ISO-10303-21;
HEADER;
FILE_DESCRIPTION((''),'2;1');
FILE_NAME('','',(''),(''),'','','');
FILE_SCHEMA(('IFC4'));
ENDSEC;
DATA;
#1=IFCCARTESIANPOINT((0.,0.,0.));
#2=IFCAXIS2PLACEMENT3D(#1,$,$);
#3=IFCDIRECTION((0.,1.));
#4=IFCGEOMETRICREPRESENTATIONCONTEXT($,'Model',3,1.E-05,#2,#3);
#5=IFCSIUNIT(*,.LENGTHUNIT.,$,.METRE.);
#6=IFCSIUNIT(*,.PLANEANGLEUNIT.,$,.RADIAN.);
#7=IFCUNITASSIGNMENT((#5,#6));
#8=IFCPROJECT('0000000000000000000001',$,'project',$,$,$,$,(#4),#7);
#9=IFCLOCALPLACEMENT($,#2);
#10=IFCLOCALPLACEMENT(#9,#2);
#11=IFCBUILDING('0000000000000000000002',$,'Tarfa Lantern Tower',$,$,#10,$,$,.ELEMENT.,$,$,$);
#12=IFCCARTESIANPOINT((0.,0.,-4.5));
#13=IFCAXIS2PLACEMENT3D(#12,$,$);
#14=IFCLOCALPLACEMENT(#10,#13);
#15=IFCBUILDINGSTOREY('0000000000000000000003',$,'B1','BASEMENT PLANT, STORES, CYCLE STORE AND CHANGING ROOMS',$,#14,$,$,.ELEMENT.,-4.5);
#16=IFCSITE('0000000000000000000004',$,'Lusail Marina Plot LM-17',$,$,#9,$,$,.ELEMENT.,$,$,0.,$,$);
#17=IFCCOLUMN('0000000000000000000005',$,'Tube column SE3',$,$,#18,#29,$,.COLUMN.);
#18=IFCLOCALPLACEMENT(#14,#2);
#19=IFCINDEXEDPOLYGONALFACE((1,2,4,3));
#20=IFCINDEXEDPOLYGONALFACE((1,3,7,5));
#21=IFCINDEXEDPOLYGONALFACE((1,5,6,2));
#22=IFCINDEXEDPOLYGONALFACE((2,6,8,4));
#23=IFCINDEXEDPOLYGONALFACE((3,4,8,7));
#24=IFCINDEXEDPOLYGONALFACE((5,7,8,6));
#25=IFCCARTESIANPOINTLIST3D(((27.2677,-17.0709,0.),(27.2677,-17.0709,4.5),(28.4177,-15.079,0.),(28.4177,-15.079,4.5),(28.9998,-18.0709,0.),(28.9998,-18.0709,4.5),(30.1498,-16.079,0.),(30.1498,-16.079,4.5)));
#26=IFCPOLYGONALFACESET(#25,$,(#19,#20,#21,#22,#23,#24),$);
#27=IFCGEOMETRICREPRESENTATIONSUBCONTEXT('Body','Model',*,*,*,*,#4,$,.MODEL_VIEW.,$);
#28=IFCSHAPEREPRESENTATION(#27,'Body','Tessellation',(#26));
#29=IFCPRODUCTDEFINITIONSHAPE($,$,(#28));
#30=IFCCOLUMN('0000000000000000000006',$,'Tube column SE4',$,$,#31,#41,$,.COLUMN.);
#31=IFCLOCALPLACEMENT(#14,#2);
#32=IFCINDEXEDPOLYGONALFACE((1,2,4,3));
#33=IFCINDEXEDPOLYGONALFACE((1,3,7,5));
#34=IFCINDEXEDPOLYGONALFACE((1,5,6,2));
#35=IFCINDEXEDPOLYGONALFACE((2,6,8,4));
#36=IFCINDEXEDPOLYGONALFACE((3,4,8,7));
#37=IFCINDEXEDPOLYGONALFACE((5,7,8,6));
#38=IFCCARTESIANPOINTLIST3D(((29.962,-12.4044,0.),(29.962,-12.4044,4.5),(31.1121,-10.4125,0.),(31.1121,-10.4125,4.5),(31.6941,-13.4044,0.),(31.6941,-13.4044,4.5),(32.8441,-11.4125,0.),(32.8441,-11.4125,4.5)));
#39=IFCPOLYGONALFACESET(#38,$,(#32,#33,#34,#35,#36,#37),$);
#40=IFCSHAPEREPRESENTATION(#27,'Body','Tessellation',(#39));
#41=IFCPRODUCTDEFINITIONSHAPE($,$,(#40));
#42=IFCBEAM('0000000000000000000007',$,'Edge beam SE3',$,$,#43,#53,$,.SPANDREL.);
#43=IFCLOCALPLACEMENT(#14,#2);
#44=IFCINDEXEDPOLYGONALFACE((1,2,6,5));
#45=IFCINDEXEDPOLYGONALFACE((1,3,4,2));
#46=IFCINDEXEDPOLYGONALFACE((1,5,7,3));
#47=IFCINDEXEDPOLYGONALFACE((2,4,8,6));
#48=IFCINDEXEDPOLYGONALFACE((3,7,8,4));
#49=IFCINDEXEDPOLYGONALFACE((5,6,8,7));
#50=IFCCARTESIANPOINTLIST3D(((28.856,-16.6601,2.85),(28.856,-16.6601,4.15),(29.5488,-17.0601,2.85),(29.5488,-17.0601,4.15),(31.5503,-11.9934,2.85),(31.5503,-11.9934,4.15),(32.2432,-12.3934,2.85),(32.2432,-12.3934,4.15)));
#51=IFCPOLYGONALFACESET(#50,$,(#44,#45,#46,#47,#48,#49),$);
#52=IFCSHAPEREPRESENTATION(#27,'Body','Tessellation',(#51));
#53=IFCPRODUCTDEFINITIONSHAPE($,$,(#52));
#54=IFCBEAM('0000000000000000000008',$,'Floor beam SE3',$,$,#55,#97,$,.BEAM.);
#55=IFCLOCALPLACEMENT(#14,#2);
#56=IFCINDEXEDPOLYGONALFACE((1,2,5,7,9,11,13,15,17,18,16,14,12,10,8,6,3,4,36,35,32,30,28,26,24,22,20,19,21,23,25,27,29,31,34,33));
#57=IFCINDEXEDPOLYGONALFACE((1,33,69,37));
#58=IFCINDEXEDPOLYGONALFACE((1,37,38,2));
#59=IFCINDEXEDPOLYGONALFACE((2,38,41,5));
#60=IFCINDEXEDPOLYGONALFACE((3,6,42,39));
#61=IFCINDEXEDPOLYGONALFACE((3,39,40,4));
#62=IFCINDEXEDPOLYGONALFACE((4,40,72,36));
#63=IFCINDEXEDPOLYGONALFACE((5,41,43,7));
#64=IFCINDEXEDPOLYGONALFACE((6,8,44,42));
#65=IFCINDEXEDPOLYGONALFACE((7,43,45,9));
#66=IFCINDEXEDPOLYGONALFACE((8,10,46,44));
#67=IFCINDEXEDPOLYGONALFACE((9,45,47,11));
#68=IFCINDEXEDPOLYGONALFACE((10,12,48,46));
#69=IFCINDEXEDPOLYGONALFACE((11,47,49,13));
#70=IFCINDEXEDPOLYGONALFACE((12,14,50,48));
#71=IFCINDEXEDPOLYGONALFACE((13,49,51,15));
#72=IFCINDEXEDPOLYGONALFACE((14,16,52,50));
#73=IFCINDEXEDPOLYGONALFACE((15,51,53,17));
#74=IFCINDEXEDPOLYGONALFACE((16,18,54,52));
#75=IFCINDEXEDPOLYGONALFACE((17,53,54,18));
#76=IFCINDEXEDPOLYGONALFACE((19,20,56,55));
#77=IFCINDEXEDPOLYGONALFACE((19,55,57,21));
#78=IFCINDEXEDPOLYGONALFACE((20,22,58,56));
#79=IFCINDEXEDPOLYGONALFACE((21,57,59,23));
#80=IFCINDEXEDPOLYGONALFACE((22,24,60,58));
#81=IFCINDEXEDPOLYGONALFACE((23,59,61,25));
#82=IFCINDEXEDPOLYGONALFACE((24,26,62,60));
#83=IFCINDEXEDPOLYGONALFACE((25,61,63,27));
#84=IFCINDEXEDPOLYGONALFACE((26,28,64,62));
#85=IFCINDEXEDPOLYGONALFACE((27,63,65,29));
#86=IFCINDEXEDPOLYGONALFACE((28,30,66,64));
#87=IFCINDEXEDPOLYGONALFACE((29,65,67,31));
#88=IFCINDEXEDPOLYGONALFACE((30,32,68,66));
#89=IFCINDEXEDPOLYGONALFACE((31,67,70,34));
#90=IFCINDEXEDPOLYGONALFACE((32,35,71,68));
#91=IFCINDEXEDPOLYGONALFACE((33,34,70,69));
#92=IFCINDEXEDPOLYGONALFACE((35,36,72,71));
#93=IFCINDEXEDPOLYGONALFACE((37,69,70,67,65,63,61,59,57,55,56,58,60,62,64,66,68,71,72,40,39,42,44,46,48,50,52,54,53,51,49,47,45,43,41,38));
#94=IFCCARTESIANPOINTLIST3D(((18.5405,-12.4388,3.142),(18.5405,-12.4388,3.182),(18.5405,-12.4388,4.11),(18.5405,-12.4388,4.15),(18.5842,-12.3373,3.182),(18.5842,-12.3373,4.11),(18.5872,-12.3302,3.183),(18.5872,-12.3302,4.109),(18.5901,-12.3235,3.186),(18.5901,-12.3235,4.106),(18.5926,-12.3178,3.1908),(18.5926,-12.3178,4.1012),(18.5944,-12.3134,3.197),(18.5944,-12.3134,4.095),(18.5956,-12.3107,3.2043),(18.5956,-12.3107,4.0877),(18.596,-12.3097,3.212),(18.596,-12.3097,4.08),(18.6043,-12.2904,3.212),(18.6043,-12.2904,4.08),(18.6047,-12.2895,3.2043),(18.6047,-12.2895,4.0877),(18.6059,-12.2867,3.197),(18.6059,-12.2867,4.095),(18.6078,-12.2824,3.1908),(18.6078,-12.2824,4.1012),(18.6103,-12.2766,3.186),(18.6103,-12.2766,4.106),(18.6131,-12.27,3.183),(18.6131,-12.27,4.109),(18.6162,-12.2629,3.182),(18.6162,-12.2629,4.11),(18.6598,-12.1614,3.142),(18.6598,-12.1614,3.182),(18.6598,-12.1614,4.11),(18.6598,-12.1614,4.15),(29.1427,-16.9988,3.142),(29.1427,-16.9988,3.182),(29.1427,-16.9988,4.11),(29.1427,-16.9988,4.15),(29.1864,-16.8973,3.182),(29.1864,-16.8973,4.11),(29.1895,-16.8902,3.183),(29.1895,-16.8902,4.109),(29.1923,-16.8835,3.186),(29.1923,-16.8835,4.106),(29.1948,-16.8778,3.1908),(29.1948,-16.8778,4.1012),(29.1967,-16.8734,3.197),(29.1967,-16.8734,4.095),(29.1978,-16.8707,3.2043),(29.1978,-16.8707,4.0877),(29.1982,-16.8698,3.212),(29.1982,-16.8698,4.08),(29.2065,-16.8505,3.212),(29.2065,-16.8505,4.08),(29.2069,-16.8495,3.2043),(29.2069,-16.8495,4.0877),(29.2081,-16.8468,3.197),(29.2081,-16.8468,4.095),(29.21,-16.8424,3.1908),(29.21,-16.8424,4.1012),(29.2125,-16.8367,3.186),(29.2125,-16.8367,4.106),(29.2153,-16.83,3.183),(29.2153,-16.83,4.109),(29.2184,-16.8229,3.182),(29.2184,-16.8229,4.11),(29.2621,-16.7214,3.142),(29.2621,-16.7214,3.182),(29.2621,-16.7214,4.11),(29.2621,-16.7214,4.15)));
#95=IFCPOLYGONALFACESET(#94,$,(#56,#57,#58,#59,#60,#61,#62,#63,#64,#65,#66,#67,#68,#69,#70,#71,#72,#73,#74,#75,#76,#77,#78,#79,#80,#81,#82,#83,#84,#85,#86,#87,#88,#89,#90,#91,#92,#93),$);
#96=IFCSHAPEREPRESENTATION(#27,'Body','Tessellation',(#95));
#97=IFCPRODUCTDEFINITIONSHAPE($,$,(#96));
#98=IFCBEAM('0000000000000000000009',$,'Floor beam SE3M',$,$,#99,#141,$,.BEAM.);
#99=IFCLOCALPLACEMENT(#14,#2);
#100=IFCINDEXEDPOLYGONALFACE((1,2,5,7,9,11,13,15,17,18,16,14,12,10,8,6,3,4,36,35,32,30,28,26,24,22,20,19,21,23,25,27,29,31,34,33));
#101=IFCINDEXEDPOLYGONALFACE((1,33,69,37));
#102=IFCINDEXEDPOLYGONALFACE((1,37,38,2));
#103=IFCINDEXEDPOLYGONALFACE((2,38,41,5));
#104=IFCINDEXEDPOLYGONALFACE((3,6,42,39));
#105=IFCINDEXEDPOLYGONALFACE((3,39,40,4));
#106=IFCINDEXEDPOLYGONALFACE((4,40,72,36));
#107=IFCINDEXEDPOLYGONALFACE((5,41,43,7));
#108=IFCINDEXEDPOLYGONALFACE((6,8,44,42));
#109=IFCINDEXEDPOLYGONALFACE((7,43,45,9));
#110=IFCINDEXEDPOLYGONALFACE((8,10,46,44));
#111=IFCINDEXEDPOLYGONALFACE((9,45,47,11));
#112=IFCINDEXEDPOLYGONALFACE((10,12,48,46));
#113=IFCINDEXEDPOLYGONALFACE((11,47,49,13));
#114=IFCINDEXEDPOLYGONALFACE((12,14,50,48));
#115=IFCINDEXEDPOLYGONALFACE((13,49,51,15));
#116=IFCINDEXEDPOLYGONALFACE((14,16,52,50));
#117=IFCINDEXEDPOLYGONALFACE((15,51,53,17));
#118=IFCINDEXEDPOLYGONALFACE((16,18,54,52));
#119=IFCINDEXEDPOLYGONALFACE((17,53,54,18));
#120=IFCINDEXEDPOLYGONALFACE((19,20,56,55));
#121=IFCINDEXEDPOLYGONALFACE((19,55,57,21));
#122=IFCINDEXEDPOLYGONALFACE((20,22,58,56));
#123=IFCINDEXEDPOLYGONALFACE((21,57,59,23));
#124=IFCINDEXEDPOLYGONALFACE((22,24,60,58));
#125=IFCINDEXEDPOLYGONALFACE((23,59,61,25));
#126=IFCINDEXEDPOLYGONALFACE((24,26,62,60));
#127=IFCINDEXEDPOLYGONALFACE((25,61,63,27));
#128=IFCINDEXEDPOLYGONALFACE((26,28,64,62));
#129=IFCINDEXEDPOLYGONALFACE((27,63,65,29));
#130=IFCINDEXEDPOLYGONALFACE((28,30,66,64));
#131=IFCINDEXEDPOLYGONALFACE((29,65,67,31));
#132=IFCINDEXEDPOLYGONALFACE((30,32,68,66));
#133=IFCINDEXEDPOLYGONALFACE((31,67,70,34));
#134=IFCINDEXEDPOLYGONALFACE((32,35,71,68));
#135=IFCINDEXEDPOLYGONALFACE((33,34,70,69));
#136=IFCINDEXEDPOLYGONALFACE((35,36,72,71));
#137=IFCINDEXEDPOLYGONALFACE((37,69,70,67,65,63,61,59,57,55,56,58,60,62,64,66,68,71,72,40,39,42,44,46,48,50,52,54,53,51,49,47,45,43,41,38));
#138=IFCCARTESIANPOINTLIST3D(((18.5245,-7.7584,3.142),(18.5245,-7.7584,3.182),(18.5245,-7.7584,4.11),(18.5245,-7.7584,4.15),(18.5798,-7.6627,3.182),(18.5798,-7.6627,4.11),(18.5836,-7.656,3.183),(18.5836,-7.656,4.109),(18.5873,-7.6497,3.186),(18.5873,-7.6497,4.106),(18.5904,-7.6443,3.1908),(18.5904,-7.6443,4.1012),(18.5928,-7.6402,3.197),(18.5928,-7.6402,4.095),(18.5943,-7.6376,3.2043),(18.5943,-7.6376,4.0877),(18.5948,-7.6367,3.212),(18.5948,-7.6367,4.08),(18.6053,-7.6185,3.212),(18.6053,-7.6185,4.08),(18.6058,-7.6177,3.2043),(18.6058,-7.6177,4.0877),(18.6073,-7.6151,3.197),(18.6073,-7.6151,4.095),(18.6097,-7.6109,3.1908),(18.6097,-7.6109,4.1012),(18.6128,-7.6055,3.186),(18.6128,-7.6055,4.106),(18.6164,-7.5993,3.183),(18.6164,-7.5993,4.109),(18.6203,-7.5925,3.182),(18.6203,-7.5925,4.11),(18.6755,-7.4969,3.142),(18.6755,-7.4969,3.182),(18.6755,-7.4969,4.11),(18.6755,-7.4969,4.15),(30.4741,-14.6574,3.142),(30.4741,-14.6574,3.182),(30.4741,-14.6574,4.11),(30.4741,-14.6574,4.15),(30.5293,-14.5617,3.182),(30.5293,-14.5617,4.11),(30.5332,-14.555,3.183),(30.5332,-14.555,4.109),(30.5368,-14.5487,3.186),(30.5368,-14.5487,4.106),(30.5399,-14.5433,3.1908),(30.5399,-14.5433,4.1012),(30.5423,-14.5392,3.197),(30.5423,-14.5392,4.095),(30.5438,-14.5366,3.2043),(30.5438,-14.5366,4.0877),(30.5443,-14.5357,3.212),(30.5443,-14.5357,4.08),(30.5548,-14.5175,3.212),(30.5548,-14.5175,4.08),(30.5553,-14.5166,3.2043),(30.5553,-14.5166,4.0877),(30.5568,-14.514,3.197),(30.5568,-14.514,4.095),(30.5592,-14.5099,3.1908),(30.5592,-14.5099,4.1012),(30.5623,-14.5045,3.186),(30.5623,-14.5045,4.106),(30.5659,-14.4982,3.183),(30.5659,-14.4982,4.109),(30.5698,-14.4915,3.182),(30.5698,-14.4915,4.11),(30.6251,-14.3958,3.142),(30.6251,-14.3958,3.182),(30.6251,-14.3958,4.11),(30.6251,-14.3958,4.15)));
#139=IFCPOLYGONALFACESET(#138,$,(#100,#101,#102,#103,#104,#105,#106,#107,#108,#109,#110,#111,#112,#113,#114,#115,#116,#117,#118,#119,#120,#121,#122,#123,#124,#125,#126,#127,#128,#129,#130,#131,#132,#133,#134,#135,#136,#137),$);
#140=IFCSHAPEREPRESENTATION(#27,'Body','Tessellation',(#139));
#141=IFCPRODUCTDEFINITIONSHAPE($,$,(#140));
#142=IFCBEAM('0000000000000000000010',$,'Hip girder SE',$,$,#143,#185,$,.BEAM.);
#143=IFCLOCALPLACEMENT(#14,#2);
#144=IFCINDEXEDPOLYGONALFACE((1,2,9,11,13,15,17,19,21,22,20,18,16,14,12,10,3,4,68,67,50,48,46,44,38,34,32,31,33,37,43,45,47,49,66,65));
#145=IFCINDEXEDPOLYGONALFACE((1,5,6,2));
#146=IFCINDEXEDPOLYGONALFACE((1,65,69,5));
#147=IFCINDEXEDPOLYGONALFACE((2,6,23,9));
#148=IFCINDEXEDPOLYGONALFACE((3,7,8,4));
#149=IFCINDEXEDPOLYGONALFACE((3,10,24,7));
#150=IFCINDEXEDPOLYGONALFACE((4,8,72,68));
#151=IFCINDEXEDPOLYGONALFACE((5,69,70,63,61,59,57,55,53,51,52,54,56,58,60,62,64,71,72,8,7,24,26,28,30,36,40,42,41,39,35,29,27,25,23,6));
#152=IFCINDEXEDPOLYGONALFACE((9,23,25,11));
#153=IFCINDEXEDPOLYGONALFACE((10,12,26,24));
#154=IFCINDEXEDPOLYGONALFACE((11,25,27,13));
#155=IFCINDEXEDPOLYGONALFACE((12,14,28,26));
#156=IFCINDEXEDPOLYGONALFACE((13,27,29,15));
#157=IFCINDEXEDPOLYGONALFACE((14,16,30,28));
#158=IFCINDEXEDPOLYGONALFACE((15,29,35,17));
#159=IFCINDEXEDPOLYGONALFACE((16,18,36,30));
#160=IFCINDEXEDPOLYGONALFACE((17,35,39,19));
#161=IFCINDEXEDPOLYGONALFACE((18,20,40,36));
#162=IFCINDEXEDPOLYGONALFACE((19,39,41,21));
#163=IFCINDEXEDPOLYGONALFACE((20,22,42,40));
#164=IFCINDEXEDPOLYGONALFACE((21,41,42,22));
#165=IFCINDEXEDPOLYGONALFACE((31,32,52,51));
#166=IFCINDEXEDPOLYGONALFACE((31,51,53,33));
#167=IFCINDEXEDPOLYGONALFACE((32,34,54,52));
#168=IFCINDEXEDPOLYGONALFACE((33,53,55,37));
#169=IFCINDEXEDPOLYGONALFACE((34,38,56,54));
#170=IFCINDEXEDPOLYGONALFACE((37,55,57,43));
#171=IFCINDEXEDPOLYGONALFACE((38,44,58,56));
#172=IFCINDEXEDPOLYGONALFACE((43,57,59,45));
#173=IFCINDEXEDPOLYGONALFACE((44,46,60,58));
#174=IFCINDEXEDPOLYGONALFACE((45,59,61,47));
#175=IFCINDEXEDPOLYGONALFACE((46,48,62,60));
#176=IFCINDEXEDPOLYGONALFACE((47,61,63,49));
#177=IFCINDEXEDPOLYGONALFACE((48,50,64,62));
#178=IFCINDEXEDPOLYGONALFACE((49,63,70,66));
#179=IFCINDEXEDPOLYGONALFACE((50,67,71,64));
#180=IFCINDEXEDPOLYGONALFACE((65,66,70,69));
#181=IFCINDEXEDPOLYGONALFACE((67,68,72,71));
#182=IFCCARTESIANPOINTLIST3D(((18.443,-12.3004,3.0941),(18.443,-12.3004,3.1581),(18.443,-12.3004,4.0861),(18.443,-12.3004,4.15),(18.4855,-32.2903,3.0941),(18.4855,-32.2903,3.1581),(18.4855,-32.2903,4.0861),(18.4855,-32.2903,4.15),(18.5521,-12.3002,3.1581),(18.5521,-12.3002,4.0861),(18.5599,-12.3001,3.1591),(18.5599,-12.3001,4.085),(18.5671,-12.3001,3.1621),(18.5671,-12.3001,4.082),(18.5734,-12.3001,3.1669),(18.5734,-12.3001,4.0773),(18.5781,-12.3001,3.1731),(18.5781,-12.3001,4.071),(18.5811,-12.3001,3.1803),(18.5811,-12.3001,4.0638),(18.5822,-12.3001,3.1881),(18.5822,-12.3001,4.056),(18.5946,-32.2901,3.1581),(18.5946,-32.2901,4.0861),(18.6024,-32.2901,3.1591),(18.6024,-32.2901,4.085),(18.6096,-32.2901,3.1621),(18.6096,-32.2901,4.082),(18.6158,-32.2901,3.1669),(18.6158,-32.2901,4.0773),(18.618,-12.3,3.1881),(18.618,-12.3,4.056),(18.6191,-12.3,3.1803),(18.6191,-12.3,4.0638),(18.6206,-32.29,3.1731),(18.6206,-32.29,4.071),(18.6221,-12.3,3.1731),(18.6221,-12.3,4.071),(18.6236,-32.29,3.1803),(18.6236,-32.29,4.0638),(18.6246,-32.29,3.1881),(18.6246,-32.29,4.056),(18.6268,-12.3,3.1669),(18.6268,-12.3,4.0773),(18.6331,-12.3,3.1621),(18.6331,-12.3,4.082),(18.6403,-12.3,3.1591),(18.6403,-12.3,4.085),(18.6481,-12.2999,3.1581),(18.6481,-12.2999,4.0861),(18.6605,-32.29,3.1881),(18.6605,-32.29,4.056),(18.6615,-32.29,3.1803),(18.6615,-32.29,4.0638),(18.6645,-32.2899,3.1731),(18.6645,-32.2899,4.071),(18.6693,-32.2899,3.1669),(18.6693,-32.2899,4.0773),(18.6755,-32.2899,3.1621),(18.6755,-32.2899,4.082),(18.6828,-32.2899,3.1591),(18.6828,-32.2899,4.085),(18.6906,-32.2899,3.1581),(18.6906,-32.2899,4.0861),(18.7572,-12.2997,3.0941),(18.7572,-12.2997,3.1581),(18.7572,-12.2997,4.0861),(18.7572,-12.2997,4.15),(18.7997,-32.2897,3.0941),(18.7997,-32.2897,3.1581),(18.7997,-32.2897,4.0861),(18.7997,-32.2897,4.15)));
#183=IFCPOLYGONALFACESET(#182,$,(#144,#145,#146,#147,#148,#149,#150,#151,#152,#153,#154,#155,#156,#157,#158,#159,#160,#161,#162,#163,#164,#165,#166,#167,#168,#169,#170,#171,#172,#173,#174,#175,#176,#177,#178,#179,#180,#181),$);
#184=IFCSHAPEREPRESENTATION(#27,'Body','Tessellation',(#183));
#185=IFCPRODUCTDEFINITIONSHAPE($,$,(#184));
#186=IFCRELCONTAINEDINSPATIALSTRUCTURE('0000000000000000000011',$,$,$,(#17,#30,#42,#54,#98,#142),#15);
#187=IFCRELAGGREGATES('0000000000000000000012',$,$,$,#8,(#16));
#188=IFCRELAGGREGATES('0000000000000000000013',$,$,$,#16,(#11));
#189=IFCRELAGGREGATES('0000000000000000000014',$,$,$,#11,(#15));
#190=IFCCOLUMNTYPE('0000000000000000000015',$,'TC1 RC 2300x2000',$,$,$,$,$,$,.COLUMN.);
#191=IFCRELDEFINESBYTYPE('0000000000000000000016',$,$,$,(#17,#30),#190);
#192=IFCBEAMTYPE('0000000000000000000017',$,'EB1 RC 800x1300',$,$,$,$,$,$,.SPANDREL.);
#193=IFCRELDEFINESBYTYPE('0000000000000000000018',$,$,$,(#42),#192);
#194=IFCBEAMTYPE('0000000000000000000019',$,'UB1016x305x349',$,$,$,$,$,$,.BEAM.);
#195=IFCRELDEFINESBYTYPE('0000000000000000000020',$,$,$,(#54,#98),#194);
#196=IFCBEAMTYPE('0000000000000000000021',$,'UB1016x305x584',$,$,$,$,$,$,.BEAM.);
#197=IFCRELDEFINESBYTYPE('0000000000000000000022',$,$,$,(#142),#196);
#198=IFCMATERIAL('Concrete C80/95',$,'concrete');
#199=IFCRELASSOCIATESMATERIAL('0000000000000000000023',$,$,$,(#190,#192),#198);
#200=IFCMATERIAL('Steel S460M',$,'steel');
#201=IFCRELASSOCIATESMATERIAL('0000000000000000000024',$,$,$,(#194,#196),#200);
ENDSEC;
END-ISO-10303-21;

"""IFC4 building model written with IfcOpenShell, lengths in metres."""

from ifc_helpers import new_model, si_unit, direction, frame, origin, origin_2d, place, context, subcontext, project, spatial, rectangle, i_section, extrude, material, material_profile, profile_set, type_object, element, save


model = new_model("IFC4")

# Units and contexts
model_context = context("Model", 3, precision=1e-05, world=origin(), true_north=direction((0.0, 1.0)))
body_context = subcontext(model_context, "Body", "Model", "MODEL_VIEW")
ifc_project = project(units=[si_unit("LENGTHUNIT", "METRE"), si_unit("PLANEANGLEUNIT", "RADIAN")], contexts=[model_context])

# Site, building, storey
site_placement = place(None, origin())
site = spatial("IfcSite", under=ifc_project, at=site_placement, Name="Lusail Marina Plot LM-17", CompositionType="ELEMENT", RefElevation=0.0)
building_placement = place(site_placement, origin())
building = spatial("IfcBuilding", under=site, at=building_placement, Name="Tarfa Lantern Tower", CompositionType="ELEMENT")
storey_placement = place(building_placement, frame((0.0, 0.0, -4.5)))
storey = spatial("IfcBuildingStorey", under=building, at=storey_placement, Name="B1", Description="BASEMENT PLANT, STORES, CYCLE STORE AND CHANGING ROOMS", CompositionType="ELEMENT", Elevation=-4.5)

# Columns
ifc_material_1 = material(Name="Concrete C80/95", Category="concrete")
ifc_material_profile_1 = material_profile(ifc_material_1, rectangle(XDim=2.3, YDim=2.0, at=origin_2d()), Name="RC 2300x2000")
ifc_profile_set_1 = profile_set([ifc_material_profile_1], Name="Concrete C80/95")
column_type = type_object("IfcColumnType", Name="TC1 RC 2300x2000", PredefinedType="COLUMN", material=ifc_profile_set_1)
for number, where, z_axis, x_axis, name in (
    (1, (28.7087, -16.575, 0.0), (0.0, 0.0, 1.0), (0.5, 0.866025, 0.0), "Tube column SE3"),
    (2, (31.4031, -11.9084, 0.0), (0.0, 0.0, 1.0), (0.5, 0.866025, 0.0), "Tube column SE4"),
):
    element("IfcColumn", number, at=place(storey_placement, frame(where, z_axis=z_axis, x_axis=x_axis)), inside=storey, type_object=column_type, Name=name, PredefinedType="COLUMN", context=body_context, shape_type="SweptSolid", body=[
        extrude(rectangle(XDim=2.3, YDim=2.0, at=origin_2d()), origin(), (0.0, 0.0, 1.0), 4.5),
    ])

# Beams
ifc_material_profile_2 = material_profile(ifc_material_1, rectangle(XDim=0.8, YDim=1.3, at=origin_2d()), Name="RC 800x1300")
ifc_profile_set_2 = profile_set([ifc_material_profile_2], Name="Concrete C80/95")
beam_type_1 = type_object("IfcBeamType", Name="EB1 RC 800x1300", PredefinedType="SPANDREL", material=ifc_profile_set_2)
beam_1_placement = place(storey_placement, frame((29.2024, -16.8601, 3.5), z_axis=(0.499998, 0.866026, 0.0), x_axis=(-0.866026, 0.499998, 0.0)))
element("IfcBeam", 3, at=beam_1_placement, inside=storey, type_object=beam_type_1, Name="Edge beam SE3", PredefinedType="SPANDREL", context=body_context, shape_type="SweptSolid", body=[
    extrude(rectangle(XDim=0.8, YDim=1.3, at=origin_2d()), origin(), (0.0, 0.0, 1.0), 5.3887),
])
ifc_material_2 = material(Name="Steel S460M", Category="steel")
ifc_material_profile_3 = material_profile(ifc_material_2, i_section(OverallWidth=0.302, OverallDepth=1.0081, WebThickness=0.021, FlangeThickness=0.04, FilletRadius=0.03, at=origin_2d()), Name="UB1016x305x349")
ifc_profile_set_3 = profile_set([ifc_material_profile_3], Name="Steel S460M")
beam_type_2 = type_object("IfcBeamType", Name="UB1016x305x349", PredefinedType="BEAM", material=ifc_profile_set_3)
beam_2_placement = place(storey_placement, frame((29.2024, -16.8601, 3.646), z_axis=(-0.918635, 0.395106, 0.0), x_axis=(-0.395106, -0.918635, 0.0)))
element("IfcBeam", 4, at=beam_2_placement, inside=storey, type_object=beam_type_2, Name="Floor beam SE3", PredefinedType="BEAM", context=body_context, shape_type="SweptSolid", body=[
    extrude(i_section(OverallWidth=0.302, OverallDepth=1.0081, WebThickness=0.021, FlangeThickness=0.04, FilletRadius=0.03, at=origin_2d()), origin(), (0.0, 0.0, 1.0), 11.5413),
])
beam_3_placement = place(storey_placement, frame((30.5496, -14.5266, 3.646), z_axis=(-0.866029, 0.499995, 0.0), x_axis=(-0.499995, -0.866029, 0.0)))
element("IfcBeam", 5, at=beam_3_placement, inside=storey, type_object=beam_type_2, Name="Floor beam SE3M", PredefinedType="BEAM", context=body_context, shape_type="SweptSolid", body=[
    extrude(i_section(OverallWidth=0.302, OverallDepth=1.0081, WebThickness=0.021, FlangeThickness=0.04, FilletRadius=0.03, at=origin_2d()), origin(), (0.0, 0.0, 1.0), 13.7981),
])
ifc_material_profile_4 = material_profile(ifc_material_2, i_section(OverallWidth=0.3142, OverallDepth=1.0559, WebThickness=0.0359, FlangeThickness=0.064, FilletRadius=0.03, at=origin_2d()), Name="UB1016x305x584")
ifc_profile_set_4 = profile_set([ifc_material_profile_4], Name="Steel S460M")
beam_type_3 = type_object("IfcBeamType", Name="UB1016x305x584", PredefinedType="BEAM", material=ifc_profile_set_4)
beam_4_placement = place(storey_placement, frame((18.6001, -12.3, 3.6221), z_axis=(0.002125, -0.999998, 0.0), x_axis=(0.999998, 0.002125, 0.0)))
element("IfcBeam", 6, at=beam_4_placement, inside=storey, type_object=beam_type_3, Name="Hip girder SE", PredefinedType="BEAM", context=body_context, shape_type="SweptSolid", body=[
    extrude(i_section(OverallWidth=0.3142, OverallDepth=1.0559, WebThickness=0.0359, FlangeThickness=0.064, FilletRadius=0.03, at=origin_2d()), origin(), (0.0, 0.0, 1.0), 19.99),
])

save(model, "model.ifc")
